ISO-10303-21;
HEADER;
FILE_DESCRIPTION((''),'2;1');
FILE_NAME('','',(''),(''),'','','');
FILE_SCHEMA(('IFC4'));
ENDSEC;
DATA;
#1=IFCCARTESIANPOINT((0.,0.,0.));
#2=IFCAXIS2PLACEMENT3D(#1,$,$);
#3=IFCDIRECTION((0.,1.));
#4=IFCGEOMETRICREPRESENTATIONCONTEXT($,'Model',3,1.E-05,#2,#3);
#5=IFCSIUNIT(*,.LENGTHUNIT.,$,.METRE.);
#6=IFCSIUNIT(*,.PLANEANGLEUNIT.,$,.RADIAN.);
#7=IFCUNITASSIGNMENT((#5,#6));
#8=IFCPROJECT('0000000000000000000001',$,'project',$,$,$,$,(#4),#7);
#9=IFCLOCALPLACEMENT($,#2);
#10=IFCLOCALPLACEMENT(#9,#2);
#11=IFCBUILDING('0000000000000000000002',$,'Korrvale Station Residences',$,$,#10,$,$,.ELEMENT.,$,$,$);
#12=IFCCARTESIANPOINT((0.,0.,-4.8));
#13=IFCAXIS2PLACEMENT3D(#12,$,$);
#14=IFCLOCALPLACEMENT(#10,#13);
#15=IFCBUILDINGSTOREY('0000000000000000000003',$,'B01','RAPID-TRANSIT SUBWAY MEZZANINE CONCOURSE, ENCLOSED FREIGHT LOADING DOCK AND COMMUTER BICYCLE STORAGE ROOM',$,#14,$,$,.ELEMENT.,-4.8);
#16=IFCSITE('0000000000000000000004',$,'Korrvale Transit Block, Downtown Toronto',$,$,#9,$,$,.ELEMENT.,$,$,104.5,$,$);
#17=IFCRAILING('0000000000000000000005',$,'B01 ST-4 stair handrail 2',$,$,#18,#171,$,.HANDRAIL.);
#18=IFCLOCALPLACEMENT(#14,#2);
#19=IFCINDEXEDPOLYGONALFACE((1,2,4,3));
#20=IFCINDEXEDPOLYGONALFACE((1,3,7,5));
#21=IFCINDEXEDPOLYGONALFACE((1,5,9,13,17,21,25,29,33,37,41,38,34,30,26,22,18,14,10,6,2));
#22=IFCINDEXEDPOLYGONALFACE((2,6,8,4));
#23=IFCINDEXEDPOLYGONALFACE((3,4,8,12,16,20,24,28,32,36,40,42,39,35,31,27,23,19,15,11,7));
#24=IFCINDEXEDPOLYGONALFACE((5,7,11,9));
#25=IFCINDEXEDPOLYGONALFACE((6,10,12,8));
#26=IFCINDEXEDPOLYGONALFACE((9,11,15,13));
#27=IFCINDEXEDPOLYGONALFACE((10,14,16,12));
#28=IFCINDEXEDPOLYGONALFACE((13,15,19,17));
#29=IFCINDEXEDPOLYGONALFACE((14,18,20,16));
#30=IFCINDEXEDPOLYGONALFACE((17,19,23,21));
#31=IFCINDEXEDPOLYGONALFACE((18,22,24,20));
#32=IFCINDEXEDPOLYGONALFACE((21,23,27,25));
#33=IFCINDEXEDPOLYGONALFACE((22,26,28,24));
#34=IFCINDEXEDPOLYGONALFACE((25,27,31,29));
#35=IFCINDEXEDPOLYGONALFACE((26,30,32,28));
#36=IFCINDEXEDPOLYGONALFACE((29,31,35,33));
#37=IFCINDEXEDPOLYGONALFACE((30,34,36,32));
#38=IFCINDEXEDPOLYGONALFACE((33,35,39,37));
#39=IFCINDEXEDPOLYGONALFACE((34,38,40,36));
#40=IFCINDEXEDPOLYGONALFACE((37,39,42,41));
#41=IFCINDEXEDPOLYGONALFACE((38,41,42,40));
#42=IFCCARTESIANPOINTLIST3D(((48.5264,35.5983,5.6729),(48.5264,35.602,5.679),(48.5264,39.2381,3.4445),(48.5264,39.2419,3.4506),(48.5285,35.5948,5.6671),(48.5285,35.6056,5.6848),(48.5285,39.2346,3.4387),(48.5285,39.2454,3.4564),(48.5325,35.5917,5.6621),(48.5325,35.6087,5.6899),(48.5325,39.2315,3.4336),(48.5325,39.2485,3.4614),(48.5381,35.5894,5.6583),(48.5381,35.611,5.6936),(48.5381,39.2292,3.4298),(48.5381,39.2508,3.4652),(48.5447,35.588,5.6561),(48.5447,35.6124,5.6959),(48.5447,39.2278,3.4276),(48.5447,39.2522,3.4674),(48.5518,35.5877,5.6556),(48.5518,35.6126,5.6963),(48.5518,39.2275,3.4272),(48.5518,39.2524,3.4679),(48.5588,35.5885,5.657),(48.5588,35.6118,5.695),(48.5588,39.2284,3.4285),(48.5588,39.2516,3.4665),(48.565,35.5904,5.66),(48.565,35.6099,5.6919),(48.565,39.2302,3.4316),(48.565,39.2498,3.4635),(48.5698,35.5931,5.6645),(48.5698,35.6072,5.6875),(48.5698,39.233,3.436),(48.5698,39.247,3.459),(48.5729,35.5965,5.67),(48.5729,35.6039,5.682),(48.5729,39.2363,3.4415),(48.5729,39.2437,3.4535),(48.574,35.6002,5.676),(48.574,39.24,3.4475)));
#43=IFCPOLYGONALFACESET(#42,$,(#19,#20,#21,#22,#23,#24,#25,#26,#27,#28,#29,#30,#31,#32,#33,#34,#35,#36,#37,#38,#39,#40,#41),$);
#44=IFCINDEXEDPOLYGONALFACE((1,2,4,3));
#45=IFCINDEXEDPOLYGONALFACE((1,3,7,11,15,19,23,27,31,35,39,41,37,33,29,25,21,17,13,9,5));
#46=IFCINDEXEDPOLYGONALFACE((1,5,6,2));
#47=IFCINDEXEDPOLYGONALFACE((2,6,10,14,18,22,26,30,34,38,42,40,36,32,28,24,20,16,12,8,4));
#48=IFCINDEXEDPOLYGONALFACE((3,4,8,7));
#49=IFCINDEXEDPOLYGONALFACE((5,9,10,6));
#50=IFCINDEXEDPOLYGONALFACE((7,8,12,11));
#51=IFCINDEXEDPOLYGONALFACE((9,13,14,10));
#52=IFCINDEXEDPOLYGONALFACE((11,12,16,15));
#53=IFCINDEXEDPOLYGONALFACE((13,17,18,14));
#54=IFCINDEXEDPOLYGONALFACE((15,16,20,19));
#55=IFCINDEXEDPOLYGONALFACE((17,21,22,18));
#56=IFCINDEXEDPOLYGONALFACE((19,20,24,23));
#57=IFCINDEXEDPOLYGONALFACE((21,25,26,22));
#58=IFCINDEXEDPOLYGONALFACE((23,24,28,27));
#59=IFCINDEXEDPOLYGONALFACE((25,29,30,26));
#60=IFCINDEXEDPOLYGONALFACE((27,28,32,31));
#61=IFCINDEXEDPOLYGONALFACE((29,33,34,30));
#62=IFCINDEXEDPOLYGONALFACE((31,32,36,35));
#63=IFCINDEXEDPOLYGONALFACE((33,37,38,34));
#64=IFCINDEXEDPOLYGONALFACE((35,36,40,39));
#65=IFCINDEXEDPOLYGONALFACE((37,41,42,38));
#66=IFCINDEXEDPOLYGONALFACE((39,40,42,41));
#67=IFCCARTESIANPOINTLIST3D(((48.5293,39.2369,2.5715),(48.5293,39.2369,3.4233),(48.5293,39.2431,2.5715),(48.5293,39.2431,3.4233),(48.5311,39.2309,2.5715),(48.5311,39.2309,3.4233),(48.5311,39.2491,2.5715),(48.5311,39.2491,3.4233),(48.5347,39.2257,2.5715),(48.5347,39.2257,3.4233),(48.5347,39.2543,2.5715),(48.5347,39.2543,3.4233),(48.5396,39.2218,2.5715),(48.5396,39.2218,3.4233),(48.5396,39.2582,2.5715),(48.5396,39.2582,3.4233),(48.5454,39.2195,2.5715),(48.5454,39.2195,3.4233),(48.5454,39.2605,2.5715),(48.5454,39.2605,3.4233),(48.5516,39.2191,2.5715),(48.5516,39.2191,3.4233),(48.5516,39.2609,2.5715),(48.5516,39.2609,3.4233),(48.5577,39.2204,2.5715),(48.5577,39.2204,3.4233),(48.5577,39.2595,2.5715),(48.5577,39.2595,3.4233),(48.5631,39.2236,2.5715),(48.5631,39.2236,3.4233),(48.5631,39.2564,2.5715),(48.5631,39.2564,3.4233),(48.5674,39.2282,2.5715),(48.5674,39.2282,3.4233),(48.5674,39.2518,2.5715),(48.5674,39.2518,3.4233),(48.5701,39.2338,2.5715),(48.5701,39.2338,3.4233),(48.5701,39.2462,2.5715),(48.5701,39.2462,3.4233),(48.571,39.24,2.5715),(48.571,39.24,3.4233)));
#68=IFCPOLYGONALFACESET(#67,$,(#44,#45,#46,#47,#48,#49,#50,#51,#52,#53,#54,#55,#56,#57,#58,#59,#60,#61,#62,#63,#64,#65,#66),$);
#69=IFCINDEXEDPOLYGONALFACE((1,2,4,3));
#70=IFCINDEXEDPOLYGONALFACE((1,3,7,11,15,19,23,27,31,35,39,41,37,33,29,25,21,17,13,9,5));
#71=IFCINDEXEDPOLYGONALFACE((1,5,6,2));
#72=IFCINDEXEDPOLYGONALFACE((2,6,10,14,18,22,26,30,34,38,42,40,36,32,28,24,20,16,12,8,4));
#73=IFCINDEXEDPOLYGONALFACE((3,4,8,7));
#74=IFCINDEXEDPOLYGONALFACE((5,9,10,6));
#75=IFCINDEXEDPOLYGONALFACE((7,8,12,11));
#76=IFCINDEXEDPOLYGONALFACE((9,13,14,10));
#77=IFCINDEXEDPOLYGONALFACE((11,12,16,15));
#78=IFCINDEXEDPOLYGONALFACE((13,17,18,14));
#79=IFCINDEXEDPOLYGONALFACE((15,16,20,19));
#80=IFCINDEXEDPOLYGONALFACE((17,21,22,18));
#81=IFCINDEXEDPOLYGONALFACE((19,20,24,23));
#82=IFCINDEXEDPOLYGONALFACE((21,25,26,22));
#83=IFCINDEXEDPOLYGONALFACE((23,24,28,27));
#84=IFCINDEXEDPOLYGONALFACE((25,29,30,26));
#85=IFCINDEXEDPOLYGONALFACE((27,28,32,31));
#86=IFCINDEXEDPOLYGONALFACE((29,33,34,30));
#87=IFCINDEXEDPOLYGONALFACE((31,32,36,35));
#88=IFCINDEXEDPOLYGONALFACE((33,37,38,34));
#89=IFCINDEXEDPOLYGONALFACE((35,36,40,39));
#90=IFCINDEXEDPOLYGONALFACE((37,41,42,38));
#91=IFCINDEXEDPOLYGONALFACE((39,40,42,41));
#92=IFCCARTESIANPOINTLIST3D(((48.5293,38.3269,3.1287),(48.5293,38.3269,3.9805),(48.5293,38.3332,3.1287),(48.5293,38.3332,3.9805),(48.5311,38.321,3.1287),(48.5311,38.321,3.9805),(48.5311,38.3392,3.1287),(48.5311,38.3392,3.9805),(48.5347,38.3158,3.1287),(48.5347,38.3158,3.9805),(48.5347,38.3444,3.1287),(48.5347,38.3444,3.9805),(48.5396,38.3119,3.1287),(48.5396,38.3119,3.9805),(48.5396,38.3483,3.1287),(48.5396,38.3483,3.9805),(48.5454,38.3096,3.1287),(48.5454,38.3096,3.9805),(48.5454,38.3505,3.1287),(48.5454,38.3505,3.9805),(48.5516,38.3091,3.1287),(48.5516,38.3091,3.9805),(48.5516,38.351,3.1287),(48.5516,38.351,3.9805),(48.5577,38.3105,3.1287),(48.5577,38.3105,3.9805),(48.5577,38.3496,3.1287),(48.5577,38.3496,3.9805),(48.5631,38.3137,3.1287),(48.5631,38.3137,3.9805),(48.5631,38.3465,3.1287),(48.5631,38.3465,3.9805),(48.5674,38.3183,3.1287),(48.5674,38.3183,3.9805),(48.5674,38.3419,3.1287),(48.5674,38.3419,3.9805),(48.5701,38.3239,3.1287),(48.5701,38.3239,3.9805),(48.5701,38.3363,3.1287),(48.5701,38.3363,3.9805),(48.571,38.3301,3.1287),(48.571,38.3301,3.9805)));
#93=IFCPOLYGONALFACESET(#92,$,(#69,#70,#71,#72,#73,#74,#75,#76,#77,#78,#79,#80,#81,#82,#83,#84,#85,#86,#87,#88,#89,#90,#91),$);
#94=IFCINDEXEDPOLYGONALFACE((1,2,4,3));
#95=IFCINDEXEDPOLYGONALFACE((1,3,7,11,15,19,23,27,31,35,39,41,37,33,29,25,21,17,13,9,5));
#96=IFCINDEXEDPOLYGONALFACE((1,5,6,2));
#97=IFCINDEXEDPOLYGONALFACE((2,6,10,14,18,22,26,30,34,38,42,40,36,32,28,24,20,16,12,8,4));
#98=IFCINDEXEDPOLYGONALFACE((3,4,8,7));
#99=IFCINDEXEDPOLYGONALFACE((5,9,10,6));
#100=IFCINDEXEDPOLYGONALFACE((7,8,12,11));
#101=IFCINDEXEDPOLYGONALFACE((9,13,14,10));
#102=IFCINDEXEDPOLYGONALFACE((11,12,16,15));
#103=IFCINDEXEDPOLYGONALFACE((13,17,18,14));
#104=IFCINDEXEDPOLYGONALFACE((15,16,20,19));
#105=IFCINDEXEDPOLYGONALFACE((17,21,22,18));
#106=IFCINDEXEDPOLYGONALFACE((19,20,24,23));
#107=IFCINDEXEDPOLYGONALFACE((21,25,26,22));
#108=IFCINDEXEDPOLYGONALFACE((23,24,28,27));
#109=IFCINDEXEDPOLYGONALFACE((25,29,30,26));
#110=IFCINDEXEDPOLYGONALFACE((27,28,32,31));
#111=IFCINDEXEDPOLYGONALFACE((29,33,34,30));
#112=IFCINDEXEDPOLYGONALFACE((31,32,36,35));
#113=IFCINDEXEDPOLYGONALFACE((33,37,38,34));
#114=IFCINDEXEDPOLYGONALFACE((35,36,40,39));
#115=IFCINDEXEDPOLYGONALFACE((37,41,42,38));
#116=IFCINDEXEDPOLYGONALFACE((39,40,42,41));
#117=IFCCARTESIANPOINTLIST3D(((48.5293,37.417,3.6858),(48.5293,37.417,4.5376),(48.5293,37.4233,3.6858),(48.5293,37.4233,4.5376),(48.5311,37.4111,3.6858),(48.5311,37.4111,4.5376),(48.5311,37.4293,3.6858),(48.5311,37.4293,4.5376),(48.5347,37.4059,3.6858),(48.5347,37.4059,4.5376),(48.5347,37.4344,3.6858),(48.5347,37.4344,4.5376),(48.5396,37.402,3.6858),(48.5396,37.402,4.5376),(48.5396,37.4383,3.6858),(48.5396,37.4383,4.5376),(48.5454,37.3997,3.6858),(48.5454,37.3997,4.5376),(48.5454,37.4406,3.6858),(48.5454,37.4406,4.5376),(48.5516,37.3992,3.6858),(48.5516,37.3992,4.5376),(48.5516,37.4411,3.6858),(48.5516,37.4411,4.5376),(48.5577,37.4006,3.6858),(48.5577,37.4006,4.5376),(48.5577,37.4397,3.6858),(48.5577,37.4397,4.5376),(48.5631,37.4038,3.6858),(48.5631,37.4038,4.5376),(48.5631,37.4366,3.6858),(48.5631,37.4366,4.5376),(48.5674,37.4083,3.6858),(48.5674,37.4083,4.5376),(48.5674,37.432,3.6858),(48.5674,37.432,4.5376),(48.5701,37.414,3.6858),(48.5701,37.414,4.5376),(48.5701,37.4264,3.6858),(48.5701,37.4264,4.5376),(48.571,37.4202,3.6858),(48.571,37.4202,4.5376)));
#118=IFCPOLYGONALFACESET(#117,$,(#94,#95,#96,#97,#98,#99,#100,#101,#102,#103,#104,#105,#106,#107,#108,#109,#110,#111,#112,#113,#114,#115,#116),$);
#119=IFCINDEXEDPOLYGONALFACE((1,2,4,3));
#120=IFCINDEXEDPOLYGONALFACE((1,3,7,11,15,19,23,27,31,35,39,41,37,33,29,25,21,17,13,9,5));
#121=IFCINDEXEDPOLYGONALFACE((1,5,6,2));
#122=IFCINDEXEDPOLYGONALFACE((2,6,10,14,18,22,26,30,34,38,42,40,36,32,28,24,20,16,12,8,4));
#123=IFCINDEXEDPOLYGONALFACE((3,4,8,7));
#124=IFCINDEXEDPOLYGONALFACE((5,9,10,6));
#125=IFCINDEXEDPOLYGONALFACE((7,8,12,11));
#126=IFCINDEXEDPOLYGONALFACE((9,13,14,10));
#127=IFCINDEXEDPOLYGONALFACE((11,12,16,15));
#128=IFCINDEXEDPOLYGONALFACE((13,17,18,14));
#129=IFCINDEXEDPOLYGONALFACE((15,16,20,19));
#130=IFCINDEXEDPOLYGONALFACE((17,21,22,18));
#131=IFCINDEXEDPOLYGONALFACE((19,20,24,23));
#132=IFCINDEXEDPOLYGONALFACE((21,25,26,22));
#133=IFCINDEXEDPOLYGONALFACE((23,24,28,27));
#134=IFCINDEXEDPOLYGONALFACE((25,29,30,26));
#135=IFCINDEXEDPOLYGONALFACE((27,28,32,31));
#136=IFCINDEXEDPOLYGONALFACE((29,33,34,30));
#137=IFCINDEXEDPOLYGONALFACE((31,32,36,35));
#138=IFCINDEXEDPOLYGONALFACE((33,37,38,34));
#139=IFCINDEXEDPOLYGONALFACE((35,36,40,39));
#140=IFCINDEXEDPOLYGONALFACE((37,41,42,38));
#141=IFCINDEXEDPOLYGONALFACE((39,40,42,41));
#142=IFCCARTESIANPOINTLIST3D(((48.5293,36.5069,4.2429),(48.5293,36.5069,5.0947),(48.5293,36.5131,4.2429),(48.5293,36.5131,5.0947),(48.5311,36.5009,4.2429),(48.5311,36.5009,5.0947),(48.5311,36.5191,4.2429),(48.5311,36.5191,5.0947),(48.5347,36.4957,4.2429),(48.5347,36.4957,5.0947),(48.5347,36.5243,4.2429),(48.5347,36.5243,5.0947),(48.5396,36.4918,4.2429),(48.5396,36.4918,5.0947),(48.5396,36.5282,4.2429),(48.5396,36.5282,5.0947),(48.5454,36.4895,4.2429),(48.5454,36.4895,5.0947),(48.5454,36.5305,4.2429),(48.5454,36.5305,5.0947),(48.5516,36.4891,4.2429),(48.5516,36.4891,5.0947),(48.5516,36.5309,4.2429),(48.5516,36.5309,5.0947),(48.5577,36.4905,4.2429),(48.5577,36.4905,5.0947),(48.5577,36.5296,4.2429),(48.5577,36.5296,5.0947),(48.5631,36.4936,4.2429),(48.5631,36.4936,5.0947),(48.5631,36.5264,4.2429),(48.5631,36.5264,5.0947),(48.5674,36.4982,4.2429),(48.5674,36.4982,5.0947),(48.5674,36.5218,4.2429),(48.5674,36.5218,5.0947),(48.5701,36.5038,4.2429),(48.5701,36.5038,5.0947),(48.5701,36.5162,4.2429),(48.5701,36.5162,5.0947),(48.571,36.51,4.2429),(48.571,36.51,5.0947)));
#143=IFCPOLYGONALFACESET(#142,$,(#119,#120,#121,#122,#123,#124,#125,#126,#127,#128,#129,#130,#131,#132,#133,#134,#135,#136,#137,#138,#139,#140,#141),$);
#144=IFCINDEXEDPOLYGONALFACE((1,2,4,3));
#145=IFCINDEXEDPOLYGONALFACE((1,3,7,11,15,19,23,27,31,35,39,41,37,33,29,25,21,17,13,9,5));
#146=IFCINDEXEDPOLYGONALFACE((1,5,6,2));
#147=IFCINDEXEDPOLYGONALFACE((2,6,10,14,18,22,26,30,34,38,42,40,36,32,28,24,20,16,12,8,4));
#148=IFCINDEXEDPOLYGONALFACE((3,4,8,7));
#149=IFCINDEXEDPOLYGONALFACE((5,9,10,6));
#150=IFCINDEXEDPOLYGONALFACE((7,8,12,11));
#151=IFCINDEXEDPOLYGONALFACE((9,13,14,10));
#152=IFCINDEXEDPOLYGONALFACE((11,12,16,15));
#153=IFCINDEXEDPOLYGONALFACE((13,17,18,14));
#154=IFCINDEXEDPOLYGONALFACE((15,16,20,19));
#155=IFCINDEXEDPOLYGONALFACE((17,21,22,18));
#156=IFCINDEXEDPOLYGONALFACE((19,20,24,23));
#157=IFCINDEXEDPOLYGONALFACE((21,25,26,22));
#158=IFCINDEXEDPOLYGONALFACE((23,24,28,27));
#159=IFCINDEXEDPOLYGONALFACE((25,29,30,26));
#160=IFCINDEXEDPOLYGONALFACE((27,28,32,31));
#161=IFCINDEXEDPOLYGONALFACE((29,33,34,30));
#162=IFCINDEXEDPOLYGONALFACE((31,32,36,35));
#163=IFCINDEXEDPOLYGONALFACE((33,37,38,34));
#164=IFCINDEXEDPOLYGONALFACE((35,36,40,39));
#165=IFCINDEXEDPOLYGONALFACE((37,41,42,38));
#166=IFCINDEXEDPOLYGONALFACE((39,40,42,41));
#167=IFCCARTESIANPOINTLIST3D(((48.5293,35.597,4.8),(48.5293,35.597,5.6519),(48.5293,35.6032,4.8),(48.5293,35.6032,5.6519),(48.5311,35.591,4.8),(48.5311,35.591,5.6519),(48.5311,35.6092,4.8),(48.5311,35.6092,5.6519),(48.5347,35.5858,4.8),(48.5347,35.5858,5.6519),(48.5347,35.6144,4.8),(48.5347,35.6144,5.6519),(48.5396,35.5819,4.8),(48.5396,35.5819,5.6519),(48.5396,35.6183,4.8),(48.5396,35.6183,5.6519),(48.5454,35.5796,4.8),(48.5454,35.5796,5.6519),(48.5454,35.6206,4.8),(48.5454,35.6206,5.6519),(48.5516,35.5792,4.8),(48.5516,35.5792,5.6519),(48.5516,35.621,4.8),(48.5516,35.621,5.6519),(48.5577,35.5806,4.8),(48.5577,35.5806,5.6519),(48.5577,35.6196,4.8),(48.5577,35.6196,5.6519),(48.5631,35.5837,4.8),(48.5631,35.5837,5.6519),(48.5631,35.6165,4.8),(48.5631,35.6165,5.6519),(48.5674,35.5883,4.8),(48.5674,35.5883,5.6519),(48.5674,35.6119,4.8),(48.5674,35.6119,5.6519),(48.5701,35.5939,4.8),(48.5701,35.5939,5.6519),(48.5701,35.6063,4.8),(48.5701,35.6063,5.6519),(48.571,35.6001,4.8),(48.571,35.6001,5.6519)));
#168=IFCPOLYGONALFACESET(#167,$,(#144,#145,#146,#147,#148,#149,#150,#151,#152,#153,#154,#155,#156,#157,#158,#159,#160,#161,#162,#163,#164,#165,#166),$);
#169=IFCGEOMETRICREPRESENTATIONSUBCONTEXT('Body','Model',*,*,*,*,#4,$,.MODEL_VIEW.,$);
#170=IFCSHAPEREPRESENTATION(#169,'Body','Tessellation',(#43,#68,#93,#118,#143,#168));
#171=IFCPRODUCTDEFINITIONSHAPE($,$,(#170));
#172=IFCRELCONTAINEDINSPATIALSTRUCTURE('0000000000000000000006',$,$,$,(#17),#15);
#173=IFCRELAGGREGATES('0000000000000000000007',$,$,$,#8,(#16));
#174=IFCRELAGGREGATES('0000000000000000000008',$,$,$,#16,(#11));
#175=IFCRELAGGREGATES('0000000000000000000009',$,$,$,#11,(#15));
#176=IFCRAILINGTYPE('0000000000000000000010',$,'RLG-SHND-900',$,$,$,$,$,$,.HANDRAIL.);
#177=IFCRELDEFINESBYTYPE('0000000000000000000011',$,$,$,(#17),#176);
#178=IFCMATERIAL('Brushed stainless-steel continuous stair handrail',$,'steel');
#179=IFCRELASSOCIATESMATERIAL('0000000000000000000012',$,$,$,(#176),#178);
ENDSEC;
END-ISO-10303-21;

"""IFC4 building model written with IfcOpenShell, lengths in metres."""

from ifc_helpers import new_model, si_unit, direction, frame, origin, origin_2d, place, context, subcontext, project, spatial, circle, extrude, material, type_object, element, save


model = new_model("IFC4")

# Units and contexts
model_context = context("Model", 3, precision=1e-05, world=origin(), true_north=direction((0.0, 1.0)))
body_context = subcontext(model_context, "Body", "Model", "MODEL_VIEW")
ifc_project = project(units=[si_unit("LENGTHUNIT", "METRE"), si_unit("PLANEANGLEUNIT", "RADIAN")], contexts=[model_context])

# Site, building, storey
site_placement = place(None, origin())
site = spatial("IfcSite", under=ifc_project, at=site_placement, Name="Korrvale Transit Block, Downtown Toronto", CompositionType="ELEMENT", RefElevation=104.5)
building_placement = place(site_placement, origin())
building = spatial("IfcBuilding", under=site, at=building_placement, Name="Korrvale Station Residences", CompositionType="ELEMENT")
storey_placement = place(building_placement, frame((0.0, 0.0, -4.8)))
storey = spatial("IfcBuildingStorey", under=building, at=storey_placement, Name="B01", Description="RAPID-TRANSIT SUBWAY MEZZANINE CONCOURSE, ENCLOSED FREIGHT LOADING DOCK AND COMMUTER BICYCLE STORAGE ROOM", CompositionType="ELEMENT", Elevation=-4.8)

# Railing
ifc_material_1 = material(Name="Brushed stainless-steel continuous stair handrail", Category="steel")
railing_type_1 = type_object("IfcRailingType", Name="RLG-SHND-900", PredefinedType="HANDRAIL", material=ifc_material_1)
railing_1_placement = place(storey_placement, frame((48.55, 39.24, 2.5715)))
element("IfcRailing", 1, at=railing_1_placement, inside=storey, type_object=railing_type_1, Name="B01 ST-4 stair handrail 2", PredefinedType="HANDRAIL", context=body_context, shape_type="SweptSolid", body=[
    extrude(circle(Radius=0.0239, at=origin_2d()), frame((0.0, 0.0, 0.876), z_axis=(0.0, -0.85285, 0.522156), x_axis=(1.0, 0.0, 0.0)), (0.0, 0.0, 1.0), 4.2678),
    extrude(circle(Radius=0.021, at=origin_2d()), origin(), (0.0, 0.0, 1.0), 0.8518),
    extrude(circle(Radius=0.021, at=origin_2d()), frame((0.0, -0.9099, 0.5571)), (0.0, 0.0, 1.0), 0.8518),
    extrude(circle(Radius=0.021, at=origin_2d()), frame((0.0, -1.8198, 1.1143)), (0.0, 0.0, 1.0), 0.8518),
    extrude(circle(Radius=0.021, at=origin_2d()), frame((0.0, -2.73, 1.6714)), (0.0, 0.0, 1.0), 0.8518),
    extrude(circle(Radius=0.021, at=origin_2d()), frame((0.0, -3.6399, 2.2285)), (0.0, 0.0, 1.0), 0.8518),
])

save(model, "model.ifc")
